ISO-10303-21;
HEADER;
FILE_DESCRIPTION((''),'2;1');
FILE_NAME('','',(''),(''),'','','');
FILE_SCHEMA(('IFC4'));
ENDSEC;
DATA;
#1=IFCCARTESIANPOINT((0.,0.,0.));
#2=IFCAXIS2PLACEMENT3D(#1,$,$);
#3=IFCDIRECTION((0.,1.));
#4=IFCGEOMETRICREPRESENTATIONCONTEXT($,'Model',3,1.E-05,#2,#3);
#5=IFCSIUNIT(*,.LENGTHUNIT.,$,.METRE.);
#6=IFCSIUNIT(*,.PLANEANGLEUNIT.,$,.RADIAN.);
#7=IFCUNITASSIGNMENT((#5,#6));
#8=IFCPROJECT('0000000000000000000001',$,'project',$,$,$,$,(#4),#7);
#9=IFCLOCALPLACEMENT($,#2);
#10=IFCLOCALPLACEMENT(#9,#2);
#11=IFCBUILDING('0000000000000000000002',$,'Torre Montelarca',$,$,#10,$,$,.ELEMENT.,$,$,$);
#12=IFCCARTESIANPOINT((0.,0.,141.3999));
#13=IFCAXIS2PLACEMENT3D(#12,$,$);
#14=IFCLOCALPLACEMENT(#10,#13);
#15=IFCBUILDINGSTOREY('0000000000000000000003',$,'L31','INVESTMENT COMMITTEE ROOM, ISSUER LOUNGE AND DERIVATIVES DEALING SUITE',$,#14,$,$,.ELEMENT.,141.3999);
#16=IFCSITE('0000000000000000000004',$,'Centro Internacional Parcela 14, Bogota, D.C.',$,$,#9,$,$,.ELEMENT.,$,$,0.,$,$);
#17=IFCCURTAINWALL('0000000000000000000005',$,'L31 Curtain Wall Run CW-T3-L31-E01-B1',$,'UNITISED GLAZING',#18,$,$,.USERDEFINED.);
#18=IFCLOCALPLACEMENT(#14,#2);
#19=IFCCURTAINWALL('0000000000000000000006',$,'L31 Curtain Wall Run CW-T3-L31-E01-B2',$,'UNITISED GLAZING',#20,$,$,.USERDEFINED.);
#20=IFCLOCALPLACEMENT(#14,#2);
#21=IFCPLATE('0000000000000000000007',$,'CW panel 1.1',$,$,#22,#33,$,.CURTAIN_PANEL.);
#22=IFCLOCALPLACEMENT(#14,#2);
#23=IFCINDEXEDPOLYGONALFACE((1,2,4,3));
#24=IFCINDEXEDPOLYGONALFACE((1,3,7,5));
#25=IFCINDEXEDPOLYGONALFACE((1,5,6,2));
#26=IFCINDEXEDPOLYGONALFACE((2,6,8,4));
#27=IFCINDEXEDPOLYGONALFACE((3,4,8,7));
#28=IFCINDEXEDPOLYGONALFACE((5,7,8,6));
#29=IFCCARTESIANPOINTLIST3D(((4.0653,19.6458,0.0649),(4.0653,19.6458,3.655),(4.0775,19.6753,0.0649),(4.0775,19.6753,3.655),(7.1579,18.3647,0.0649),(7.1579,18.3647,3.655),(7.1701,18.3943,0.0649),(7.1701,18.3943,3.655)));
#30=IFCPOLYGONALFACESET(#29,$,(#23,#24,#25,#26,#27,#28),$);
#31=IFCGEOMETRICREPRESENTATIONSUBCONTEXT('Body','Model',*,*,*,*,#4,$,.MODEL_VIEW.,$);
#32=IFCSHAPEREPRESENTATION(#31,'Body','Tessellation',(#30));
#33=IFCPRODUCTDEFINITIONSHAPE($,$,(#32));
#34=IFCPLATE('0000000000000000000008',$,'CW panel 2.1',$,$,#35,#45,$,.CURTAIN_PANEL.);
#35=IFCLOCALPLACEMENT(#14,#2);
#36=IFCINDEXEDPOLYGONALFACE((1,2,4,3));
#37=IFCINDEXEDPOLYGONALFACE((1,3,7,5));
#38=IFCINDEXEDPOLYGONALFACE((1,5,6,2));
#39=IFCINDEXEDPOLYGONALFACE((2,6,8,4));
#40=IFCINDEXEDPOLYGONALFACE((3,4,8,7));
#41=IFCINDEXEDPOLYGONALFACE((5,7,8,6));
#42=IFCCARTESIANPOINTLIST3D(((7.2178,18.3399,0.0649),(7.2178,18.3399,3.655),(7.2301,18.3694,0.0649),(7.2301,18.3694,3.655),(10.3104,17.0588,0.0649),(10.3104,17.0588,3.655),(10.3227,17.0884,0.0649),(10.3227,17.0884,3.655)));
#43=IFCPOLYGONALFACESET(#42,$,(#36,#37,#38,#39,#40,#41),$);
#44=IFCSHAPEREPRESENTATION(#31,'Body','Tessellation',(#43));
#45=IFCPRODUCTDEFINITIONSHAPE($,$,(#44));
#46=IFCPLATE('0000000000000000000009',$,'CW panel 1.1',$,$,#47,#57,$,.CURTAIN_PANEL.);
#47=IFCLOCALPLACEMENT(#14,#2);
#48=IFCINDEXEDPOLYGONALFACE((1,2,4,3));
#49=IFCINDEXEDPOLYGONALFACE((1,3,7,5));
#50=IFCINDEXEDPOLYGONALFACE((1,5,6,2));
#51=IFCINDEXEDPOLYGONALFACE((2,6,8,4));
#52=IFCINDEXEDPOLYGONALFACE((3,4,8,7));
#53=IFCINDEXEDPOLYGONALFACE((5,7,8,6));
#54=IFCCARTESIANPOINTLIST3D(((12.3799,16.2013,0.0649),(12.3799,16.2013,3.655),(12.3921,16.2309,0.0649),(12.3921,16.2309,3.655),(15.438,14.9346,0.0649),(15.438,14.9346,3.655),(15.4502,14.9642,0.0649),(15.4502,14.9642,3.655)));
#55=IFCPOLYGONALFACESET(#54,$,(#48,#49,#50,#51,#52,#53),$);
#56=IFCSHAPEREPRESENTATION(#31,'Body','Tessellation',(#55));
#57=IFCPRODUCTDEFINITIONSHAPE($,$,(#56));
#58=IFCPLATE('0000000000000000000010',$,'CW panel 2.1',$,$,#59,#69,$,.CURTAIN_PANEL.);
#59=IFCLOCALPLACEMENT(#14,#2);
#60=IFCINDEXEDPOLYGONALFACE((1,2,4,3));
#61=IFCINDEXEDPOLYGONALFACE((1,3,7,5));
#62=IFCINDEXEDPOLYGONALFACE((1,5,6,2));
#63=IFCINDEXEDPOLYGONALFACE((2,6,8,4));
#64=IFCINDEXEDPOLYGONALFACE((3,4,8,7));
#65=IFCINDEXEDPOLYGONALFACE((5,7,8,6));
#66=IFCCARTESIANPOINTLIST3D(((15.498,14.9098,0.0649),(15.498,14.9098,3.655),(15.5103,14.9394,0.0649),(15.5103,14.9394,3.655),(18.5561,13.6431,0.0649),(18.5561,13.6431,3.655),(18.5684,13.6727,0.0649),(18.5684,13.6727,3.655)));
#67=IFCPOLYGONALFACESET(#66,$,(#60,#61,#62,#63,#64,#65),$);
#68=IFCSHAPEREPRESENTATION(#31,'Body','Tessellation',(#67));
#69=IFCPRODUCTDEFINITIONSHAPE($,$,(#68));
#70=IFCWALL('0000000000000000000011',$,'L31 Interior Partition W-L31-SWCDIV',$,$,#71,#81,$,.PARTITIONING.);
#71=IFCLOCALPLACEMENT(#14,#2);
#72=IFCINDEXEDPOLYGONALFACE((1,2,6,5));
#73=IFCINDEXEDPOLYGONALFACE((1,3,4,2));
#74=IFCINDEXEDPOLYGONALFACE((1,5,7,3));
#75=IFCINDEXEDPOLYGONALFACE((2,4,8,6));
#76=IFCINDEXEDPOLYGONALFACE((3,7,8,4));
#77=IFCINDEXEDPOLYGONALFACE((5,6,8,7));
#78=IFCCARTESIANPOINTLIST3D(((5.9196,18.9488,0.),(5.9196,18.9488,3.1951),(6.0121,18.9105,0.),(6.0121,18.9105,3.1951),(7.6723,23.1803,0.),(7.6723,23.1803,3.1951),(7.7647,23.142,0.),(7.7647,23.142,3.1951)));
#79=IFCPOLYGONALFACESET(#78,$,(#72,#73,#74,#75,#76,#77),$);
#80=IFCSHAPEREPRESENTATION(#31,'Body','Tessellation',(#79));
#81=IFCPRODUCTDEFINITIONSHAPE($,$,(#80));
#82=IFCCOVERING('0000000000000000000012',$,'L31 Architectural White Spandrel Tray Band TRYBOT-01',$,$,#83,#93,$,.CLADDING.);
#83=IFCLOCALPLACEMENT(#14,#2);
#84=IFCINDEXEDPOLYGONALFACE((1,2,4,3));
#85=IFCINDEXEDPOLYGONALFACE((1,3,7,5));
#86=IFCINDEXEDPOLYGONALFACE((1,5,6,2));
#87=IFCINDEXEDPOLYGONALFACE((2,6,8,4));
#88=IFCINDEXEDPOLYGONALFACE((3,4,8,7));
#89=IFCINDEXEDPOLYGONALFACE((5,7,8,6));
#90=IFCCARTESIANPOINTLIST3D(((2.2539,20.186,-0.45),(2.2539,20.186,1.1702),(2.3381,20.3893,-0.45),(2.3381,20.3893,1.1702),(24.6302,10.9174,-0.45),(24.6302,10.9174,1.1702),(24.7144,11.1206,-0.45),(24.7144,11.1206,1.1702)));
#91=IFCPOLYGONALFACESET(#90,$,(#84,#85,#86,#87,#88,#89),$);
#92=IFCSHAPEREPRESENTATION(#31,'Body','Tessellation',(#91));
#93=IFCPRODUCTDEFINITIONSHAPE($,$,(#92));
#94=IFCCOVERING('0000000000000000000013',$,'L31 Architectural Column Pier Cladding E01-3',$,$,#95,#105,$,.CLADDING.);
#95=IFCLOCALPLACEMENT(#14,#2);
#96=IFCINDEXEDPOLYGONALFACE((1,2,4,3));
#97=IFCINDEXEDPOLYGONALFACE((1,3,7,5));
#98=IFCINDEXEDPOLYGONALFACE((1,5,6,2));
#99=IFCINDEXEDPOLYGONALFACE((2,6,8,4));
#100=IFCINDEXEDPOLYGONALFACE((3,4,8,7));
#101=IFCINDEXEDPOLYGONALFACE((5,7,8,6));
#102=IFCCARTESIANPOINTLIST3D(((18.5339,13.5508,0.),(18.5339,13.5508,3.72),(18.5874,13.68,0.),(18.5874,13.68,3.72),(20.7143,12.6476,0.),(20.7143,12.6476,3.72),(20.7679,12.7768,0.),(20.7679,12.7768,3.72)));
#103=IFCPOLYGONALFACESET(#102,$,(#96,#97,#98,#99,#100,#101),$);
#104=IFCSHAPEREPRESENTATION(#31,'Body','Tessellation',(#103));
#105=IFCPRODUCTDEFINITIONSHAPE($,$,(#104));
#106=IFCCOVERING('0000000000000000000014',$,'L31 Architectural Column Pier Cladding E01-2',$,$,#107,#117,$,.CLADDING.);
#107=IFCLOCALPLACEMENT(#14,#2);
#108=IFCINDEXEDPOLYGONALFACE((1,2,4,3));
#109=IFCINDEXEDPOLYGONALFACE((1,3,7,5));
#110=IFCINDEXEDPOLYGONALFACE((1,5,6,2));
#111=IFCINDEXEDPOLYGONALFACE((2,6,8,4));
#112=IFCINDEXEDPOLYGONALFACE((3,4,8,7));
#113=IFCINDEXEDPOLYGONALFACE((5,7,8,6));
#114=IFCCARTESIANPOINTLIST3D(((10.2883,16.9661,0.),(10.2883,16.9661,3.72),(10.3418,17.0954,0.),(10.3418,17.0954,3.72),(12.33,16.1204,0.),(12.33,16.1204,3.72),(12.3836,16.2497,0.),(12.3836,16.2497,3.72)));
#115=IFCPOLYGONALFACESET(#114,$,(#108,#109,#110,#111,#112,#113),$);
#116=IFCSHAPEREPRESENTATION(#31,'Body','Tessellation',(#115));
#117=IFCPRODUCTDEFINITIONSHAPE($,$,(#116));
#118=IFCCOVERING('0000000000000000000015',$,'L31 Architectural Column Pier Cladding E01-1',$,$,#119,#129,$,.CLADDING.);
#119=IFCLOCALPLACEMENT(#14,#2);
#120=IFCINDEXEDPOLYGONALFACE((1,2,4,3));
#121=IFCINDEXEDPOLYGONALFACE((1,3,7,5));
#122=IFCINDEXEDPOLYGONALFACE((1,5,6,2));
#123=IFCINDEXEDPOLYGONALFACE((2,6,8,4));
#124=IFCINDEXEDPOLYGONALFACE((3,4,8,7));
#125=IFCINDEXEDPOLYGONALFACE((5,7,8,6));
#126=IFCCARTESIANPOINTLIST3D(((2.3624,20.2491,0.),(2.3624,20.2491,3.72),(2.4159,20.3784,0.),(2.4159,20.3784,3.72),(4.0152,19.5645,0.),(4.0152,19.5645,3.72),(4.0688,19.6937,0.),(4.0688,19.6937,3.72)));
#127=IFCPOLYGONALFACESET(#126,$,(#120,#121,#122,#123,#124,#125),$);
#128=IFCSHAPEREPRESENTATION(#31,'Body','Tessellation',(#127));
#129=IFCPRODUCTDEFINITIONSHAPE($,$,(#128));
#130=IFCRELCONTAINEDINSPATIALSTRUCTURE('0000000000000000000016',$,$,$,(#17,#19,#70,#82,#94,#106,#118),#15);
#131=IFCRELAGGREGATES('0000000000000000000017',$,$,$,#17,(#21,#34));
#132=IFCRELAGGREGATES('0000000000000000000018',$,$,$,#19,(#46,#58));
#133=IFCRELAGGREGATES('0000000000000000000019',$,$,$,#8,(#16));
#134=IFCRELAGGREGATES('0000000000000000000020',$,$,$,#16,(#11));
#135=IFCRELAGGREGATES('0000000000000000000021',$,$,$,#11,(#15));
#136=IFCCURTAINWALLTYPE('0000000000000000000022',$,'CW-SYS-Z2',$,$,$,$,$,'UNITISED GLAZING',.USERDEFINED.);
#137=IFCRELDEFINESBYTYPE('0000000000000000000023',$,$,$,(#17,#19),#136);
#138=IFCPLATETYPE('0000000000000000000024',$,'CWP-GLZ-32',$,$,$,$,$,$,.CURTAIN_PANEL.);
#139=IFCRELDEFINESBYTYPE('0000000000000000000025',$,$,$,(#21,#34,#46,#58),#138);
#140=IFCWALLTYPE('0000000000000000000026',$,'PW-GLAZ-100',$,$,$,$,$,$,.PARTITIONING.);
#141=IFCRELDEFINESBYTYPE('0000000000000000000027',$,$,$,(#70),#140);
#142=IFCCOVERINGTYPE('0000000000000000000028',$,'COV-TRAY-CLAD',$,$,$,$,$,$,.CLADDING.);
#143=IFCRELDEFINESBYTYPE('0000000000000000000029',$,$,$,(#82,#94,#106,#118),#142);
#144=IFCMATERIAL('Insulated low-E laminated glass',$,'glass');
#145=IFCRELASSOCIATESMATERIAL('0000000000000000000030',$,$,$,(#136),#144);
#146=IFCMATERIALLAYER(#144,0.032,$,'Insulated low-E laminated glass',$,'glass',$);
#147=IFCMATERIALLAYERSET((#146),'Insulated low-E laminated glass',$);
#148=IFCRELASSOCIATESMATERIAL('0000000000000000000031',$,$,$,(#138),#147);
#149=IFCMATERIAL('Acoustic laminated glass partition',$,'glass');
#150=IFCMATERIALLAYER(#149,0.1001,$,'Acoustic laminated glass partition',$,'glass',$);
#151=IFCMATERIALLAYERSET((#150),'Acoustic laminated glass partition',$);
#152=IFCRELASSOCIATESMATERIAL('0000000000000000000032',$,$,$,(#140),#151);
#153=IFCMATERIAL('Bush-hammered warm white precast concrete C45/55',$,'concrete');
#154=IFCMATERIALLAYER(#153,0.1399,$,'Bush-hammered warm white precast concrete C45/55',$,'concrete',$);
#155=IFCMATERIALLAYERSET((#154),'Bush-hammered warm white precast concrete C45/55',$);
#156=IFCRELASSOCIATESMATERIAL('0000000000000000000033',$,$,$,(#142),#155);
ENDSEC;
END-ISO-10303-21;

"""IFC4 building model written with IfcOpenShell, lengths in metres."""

from ifc_helpers import new_model, si_unit, direction, frame, frame_2d, origin, origin_2d, place, context, subcontext, project, spatial, rectangle, extrude, source, transform, mapped, material, layer, layer_set, type_object, element, aggregate, save


model = new_model("IFC4")

# Units and contexts
model_context = context("Model", 3, precision=1e-05, world=origin(), true_north=direction((0.0, 1.0)))
body_context = subcontext(model_context, "Body", "Model", "MODEL_VIEW")
ifc_project = project(units=[si_unit("LENGTHUNIT", "METRE"), si_unit("PLANEANGLEUNIT", "RADIAN")], contexts=[model_context])

# Site, building, storey
site_placement = place(None, origin())
site = spatial("IfcSite", under=ifc_project, at=site_placement, Name="Centro Internacional Parcela 14, Bogota, D.C.", CompositionType="ELEMENT", RefElevation=0.0)
building_placement = place(site_placement, origin())
building = spatial("IfcBuilding", under=site, at=building_placement, Name="Torre Montelarca", CompositionType="ELEMENT")
storey_placement = place(building_placement, frame((0.0, 0.0, 141.3999)))
storey = spatial("IfcBuildingStorey", under=building, at=storey_placement, Name="L31", Description="INVESTMENT COMMITTEE ROOM, ISSUER LOUNGE AND DERIVATIVES DEALING SUITE", CompositionType="ELEMENT", Elevation=141.3999)

# Curtain walls
ifc_material_1 = material(Name="Insulated low-E laminated glass", Category="glass")
curtain_wall_type = type_object("IfcCurtainWallType", Name="CW-SYS-Z2", ElementType="UNITISED GLAZING", PredefinedType="USERDEFINED", material=ifc_material_1)
curtain_wall_1_placement = place(storey_placement, origin())
curtain_wall_1 = element("IfcCurtainWall", 1, at=curtain_wall_1_placement, inside=storey, type_object=curtain_wall_type, Name="L31 Curtain Wall Run CW-T3-L31-E01-B1", ObjectType="UNITISED GLAZING", PredefinedType="USERDEFINED")
curtain_wall_2_placement = place(storey_placement, origin())
curtain_wall_2 = element("IfcCurtainWall", 2, at=curtain_wall_2_placement, inside=storey, type_object=curtain_wall_type, Name="L31 Curtain Wall Run CW-T3-L31-E01-B2", ObjectType="UNITISED GLAZING", PredefinedType="USERDEFINED")

# Plates
ifc_layer_1 = layer(ifc_material_1, 0.032, Name="Insulated low-E laminated glass", Category="glass")
ifc_layer_set_1 = layer_set([ifc_layer_1], Name="Insulated low-E laminated glass")
plate_type = type_object("IfcPlateType", Name="CWP-GLZ-32", PredefinedType="CURTAIN_PANEL", material=ifc_layer_set_1)
shared_shape_1 = source(origin(), body_context, "Body", "SweptSolid", [
    extrude(rectangle(XDim=3.3474, YDim=0.032, at=origin_2d()), origin(), (0.0, 0.0, 1.0), 3.5901),
])
plate_1_placement = place(storey_placement, frame((5.6177, 19.02, 0.0649), z_axis=(0.0, 0.0, 1.0), x_axis=(0.923876, -0.382691, 0.0)))
plate_1 = element("IfcPlate", 3, at=plate_1_placement, type_object=plate_type, Name="CW panel 1.1", PredefinedType="CURTAIN_PANEL", context=body_context, shape_type="MappedRepresentation", body=[
    mapped(shared_shape_1, transform((0.0, 0.0, 0.0), scale=1.0)),
])
plate_2_placement = place(storey_placement, frame((8.7703, 17.7141, 0.0649), z_axis=(0.0, 0.0, 1.0), x_axis=(0.923876, -0.382691, 0.0)))
plate_2 = element("IfcPlate", 4, at=plate_2_placement, type_object=plate_type, Name="CW panel 2.1", PredefinedType="CURTAIN_PANEL", context=body_context, shape_type="MappedRepresentation", body=[
    mapped(shared_shape_1, transform((0.0, 0.0, 0.0), scale=1.0)),
])
aggregate(curtain_wall_1, [plate_1, plate_2])
shared_shape_2 = source(origin(), body_context, "Body", "SweptSolid", [
    extrude(rectangle(XDim=3.3101, YDim=0.032, at=origin_2d()), origin(), (0.0, 0.0, 1.0), 3.5901),
])
plate_3_placement = place(storey_placement, frame((13.915, 15.5828, 0.0649), z_axis=(0.0, 0.0, 1.0), x_axis=(0.92388, -0.382682, 0.0)))
plate_3 = element("IfcPlate", 5, at=plate_3_placement, type_object=plate_type, Name="CW panel 1.1", PredefinedType="CURTAIN_PANEL", context=body_context, shape_type="MappedRepresentation", body=[
    mapped(shared_shape_2, transform((0.0, 0.0, 0.0), scale=1.0)),
])
plate_4_placement = place(storey_placement, frame((17.0332, 14.2913, 0.0649), z_axis=(0.0, 0.0, 1.0), x_axis=(0.92388, -0.382682, 0.0)))
plate_4 = element("IfcPlate", 6, at=plate_4_placement, type_object=plate_type, Name="CW panel 2.1", PredefinedType="CURTAIN_PANEL", context=body_context, shape_type="MappedRepresentation", body=[
    mapped(shared_shape_2, transform((0.0, 0.0, 0.0), scale=1.0)),
])
aggregate(curtain_wall_2, [plate_3, plate_4])

# Wall
ifc_material_2 = material(Name="Acoustic laminated glass partition", Category="glass")
ifc_layer_2 = layer(ifc_material_2, 0.1001, Name="Acoustic laminated glass partition", Category="glass")
ifc_layer_set_2 = layer_set([ifc_layer_2], Name="Acoustic laminated glass partition")
wall_type = type_object("IfcWallType", Name="PW-GLAZ-100", PredefinedType="PARTITIONING", material=ifc_layer_set_2)
wall_placement = place(storey_placement, frame((5.9658, 18.9297, 0.0), z_axis=(0.0, 0.0, 1.0), x_axis=(0.382677, 0.923882, 0.0)))
element("IfcWall", 7, at=wall_placement, inside=storey, type_object=wall_type, Name="L31 Interior Partition W-L31-SWCDIV", PredefinedType="PARTITIONING", context=body_context, shape_type="SweptSolid", body=[
    extrude(rectangle(XDim=4.5801, YDim=0.1001, at=frame_2d((2.29, 0.0))), origin(), (0.0, 0.0, 1.0), 3.1951),
])

# Coverings
ifc_material_3 = material(Name="Bush-hammered warm white precast concrete C45/55", Category="concrete")
ifc_layer_3 = layer(ifc_material_3, 0.1399, Name="Bush-hammered warm white precast concrete C45/55", Category="concrete")
ifc_layer_set_3 = layer_set([ifc_layer_3], Name="Bush-hammered warm white precast concrete C45/55")
covering_type = type_object("IfcCoveringType", Name="COV-TRAY-CLAD", PredefinedType="CLADDING", material=ifc_layer_set_3)
shared_shape_3 = source(origin(), body_context, "Body", "SweptSolid", [
    extrude(rectangle(XDim=24.22, YDim=0.22, at=origin_2d()), origin(), (0.0, 0.0, 1.0), 1.6201),
])
covering_1_placement = place(storey_placement, frame((13.4841, 15.6533, -0.45), z_axis=(0.0, 0.0, 1.0), x_axis=(0.923878, -0.382687, 0.0)))
element("IfcCovering", 8, at=covering_1_placement, inside=storey, type_object=covering_type, Name="L31 Architectural White Spandrel Tray Band TRYBOT-01", PredefinedType="CLADDING", context=body_context, shape_type="MappedRepresentation", body=[
    mapped(shared_shape_3, transform((0.0, 0.0, 0.0), scale=1.0)),
])
shared_shape_4 = source(origin(), body_context, "Body", "SweptSolid", [
    extrude(rectangle(XDim=2.3601, YDim=0.1399, at=origin_2d()), origin(), (0.0, 0.0, 1.0), 3.72),
])
covering_2_placement = place(storey_placement, frame((19.6509, 13.1638, 0.0), z_axis=(0.0, 0.0, 1.0), x_axis=(0.923878, -0.382687, 0.0)))
element("IfcCovering", 9, at=covering_2_placement, inside=storey, type_object=covering_type, Name="L31 Architectural Column Pier Cladding E01-3", PredefinedType="CLADDING", context=body_context, shape_type="MappedRepresentation", body=[
    mapped(shared_shape_4, transform((0.0, 0.0, 0.0), scale=1.0)),
])
shared_shape_5 = source(origin(), body_context, "Body", "SweptSolid", [
    extrude(rectangle(XDim=2.21, YDim=0.1399, at=origin_2d()), origin(), (0.0, 0.0, 1.0), 3.72),
])
covering_3_placement = place(storey_placement, frame((11.3359, 16.6079, 0.0), z_axis=(0.0, 0.0, 1.0), x_axis=(0.923878, -0.382687, 0.0)))
element("IfcCovering", 10, at=covering_3_placement, inside=storey, type_object=covering_type, Name="L31 Architectural Column Pier Cladding E01-2", PredefinedType="CLADDING", context=body_context, shape_type="MappedRepresentation", body=[
    mapped(shared_shape_5, transform((0.0, 0.0, 0.0), scale=1.0)),
])
shared_shape_6 = source(origin(), body_context, "Body", "SweptSolid", [
    extrude(rectangle(XDim=1.7891, YDim=0.1399, at=origin_2d()), origin(), (0.0, 0.0, 1.0), 3.72),
])
covering_4_placement = place(storey_placement, frame((3.2156, 19.9714, 0.0), z_axis=(0.0, 0.0, 1.0), x_axis=(0.923878, -0.382687, 0.0)))
element("IfcCovering", 11, at=covering_4_placement, inside=storey, type_object=covering_type, Name="L31 Architectural Column Pier Cladding E01-1", PredefinedType="CLADDING", context=body_context, shape_type="MappedRepresentation", body=[
    mapped(shared_shape_6, transform((0.0, 0.0, 0.0), scale=1.0)),
])

save(model, "model.ifc")
